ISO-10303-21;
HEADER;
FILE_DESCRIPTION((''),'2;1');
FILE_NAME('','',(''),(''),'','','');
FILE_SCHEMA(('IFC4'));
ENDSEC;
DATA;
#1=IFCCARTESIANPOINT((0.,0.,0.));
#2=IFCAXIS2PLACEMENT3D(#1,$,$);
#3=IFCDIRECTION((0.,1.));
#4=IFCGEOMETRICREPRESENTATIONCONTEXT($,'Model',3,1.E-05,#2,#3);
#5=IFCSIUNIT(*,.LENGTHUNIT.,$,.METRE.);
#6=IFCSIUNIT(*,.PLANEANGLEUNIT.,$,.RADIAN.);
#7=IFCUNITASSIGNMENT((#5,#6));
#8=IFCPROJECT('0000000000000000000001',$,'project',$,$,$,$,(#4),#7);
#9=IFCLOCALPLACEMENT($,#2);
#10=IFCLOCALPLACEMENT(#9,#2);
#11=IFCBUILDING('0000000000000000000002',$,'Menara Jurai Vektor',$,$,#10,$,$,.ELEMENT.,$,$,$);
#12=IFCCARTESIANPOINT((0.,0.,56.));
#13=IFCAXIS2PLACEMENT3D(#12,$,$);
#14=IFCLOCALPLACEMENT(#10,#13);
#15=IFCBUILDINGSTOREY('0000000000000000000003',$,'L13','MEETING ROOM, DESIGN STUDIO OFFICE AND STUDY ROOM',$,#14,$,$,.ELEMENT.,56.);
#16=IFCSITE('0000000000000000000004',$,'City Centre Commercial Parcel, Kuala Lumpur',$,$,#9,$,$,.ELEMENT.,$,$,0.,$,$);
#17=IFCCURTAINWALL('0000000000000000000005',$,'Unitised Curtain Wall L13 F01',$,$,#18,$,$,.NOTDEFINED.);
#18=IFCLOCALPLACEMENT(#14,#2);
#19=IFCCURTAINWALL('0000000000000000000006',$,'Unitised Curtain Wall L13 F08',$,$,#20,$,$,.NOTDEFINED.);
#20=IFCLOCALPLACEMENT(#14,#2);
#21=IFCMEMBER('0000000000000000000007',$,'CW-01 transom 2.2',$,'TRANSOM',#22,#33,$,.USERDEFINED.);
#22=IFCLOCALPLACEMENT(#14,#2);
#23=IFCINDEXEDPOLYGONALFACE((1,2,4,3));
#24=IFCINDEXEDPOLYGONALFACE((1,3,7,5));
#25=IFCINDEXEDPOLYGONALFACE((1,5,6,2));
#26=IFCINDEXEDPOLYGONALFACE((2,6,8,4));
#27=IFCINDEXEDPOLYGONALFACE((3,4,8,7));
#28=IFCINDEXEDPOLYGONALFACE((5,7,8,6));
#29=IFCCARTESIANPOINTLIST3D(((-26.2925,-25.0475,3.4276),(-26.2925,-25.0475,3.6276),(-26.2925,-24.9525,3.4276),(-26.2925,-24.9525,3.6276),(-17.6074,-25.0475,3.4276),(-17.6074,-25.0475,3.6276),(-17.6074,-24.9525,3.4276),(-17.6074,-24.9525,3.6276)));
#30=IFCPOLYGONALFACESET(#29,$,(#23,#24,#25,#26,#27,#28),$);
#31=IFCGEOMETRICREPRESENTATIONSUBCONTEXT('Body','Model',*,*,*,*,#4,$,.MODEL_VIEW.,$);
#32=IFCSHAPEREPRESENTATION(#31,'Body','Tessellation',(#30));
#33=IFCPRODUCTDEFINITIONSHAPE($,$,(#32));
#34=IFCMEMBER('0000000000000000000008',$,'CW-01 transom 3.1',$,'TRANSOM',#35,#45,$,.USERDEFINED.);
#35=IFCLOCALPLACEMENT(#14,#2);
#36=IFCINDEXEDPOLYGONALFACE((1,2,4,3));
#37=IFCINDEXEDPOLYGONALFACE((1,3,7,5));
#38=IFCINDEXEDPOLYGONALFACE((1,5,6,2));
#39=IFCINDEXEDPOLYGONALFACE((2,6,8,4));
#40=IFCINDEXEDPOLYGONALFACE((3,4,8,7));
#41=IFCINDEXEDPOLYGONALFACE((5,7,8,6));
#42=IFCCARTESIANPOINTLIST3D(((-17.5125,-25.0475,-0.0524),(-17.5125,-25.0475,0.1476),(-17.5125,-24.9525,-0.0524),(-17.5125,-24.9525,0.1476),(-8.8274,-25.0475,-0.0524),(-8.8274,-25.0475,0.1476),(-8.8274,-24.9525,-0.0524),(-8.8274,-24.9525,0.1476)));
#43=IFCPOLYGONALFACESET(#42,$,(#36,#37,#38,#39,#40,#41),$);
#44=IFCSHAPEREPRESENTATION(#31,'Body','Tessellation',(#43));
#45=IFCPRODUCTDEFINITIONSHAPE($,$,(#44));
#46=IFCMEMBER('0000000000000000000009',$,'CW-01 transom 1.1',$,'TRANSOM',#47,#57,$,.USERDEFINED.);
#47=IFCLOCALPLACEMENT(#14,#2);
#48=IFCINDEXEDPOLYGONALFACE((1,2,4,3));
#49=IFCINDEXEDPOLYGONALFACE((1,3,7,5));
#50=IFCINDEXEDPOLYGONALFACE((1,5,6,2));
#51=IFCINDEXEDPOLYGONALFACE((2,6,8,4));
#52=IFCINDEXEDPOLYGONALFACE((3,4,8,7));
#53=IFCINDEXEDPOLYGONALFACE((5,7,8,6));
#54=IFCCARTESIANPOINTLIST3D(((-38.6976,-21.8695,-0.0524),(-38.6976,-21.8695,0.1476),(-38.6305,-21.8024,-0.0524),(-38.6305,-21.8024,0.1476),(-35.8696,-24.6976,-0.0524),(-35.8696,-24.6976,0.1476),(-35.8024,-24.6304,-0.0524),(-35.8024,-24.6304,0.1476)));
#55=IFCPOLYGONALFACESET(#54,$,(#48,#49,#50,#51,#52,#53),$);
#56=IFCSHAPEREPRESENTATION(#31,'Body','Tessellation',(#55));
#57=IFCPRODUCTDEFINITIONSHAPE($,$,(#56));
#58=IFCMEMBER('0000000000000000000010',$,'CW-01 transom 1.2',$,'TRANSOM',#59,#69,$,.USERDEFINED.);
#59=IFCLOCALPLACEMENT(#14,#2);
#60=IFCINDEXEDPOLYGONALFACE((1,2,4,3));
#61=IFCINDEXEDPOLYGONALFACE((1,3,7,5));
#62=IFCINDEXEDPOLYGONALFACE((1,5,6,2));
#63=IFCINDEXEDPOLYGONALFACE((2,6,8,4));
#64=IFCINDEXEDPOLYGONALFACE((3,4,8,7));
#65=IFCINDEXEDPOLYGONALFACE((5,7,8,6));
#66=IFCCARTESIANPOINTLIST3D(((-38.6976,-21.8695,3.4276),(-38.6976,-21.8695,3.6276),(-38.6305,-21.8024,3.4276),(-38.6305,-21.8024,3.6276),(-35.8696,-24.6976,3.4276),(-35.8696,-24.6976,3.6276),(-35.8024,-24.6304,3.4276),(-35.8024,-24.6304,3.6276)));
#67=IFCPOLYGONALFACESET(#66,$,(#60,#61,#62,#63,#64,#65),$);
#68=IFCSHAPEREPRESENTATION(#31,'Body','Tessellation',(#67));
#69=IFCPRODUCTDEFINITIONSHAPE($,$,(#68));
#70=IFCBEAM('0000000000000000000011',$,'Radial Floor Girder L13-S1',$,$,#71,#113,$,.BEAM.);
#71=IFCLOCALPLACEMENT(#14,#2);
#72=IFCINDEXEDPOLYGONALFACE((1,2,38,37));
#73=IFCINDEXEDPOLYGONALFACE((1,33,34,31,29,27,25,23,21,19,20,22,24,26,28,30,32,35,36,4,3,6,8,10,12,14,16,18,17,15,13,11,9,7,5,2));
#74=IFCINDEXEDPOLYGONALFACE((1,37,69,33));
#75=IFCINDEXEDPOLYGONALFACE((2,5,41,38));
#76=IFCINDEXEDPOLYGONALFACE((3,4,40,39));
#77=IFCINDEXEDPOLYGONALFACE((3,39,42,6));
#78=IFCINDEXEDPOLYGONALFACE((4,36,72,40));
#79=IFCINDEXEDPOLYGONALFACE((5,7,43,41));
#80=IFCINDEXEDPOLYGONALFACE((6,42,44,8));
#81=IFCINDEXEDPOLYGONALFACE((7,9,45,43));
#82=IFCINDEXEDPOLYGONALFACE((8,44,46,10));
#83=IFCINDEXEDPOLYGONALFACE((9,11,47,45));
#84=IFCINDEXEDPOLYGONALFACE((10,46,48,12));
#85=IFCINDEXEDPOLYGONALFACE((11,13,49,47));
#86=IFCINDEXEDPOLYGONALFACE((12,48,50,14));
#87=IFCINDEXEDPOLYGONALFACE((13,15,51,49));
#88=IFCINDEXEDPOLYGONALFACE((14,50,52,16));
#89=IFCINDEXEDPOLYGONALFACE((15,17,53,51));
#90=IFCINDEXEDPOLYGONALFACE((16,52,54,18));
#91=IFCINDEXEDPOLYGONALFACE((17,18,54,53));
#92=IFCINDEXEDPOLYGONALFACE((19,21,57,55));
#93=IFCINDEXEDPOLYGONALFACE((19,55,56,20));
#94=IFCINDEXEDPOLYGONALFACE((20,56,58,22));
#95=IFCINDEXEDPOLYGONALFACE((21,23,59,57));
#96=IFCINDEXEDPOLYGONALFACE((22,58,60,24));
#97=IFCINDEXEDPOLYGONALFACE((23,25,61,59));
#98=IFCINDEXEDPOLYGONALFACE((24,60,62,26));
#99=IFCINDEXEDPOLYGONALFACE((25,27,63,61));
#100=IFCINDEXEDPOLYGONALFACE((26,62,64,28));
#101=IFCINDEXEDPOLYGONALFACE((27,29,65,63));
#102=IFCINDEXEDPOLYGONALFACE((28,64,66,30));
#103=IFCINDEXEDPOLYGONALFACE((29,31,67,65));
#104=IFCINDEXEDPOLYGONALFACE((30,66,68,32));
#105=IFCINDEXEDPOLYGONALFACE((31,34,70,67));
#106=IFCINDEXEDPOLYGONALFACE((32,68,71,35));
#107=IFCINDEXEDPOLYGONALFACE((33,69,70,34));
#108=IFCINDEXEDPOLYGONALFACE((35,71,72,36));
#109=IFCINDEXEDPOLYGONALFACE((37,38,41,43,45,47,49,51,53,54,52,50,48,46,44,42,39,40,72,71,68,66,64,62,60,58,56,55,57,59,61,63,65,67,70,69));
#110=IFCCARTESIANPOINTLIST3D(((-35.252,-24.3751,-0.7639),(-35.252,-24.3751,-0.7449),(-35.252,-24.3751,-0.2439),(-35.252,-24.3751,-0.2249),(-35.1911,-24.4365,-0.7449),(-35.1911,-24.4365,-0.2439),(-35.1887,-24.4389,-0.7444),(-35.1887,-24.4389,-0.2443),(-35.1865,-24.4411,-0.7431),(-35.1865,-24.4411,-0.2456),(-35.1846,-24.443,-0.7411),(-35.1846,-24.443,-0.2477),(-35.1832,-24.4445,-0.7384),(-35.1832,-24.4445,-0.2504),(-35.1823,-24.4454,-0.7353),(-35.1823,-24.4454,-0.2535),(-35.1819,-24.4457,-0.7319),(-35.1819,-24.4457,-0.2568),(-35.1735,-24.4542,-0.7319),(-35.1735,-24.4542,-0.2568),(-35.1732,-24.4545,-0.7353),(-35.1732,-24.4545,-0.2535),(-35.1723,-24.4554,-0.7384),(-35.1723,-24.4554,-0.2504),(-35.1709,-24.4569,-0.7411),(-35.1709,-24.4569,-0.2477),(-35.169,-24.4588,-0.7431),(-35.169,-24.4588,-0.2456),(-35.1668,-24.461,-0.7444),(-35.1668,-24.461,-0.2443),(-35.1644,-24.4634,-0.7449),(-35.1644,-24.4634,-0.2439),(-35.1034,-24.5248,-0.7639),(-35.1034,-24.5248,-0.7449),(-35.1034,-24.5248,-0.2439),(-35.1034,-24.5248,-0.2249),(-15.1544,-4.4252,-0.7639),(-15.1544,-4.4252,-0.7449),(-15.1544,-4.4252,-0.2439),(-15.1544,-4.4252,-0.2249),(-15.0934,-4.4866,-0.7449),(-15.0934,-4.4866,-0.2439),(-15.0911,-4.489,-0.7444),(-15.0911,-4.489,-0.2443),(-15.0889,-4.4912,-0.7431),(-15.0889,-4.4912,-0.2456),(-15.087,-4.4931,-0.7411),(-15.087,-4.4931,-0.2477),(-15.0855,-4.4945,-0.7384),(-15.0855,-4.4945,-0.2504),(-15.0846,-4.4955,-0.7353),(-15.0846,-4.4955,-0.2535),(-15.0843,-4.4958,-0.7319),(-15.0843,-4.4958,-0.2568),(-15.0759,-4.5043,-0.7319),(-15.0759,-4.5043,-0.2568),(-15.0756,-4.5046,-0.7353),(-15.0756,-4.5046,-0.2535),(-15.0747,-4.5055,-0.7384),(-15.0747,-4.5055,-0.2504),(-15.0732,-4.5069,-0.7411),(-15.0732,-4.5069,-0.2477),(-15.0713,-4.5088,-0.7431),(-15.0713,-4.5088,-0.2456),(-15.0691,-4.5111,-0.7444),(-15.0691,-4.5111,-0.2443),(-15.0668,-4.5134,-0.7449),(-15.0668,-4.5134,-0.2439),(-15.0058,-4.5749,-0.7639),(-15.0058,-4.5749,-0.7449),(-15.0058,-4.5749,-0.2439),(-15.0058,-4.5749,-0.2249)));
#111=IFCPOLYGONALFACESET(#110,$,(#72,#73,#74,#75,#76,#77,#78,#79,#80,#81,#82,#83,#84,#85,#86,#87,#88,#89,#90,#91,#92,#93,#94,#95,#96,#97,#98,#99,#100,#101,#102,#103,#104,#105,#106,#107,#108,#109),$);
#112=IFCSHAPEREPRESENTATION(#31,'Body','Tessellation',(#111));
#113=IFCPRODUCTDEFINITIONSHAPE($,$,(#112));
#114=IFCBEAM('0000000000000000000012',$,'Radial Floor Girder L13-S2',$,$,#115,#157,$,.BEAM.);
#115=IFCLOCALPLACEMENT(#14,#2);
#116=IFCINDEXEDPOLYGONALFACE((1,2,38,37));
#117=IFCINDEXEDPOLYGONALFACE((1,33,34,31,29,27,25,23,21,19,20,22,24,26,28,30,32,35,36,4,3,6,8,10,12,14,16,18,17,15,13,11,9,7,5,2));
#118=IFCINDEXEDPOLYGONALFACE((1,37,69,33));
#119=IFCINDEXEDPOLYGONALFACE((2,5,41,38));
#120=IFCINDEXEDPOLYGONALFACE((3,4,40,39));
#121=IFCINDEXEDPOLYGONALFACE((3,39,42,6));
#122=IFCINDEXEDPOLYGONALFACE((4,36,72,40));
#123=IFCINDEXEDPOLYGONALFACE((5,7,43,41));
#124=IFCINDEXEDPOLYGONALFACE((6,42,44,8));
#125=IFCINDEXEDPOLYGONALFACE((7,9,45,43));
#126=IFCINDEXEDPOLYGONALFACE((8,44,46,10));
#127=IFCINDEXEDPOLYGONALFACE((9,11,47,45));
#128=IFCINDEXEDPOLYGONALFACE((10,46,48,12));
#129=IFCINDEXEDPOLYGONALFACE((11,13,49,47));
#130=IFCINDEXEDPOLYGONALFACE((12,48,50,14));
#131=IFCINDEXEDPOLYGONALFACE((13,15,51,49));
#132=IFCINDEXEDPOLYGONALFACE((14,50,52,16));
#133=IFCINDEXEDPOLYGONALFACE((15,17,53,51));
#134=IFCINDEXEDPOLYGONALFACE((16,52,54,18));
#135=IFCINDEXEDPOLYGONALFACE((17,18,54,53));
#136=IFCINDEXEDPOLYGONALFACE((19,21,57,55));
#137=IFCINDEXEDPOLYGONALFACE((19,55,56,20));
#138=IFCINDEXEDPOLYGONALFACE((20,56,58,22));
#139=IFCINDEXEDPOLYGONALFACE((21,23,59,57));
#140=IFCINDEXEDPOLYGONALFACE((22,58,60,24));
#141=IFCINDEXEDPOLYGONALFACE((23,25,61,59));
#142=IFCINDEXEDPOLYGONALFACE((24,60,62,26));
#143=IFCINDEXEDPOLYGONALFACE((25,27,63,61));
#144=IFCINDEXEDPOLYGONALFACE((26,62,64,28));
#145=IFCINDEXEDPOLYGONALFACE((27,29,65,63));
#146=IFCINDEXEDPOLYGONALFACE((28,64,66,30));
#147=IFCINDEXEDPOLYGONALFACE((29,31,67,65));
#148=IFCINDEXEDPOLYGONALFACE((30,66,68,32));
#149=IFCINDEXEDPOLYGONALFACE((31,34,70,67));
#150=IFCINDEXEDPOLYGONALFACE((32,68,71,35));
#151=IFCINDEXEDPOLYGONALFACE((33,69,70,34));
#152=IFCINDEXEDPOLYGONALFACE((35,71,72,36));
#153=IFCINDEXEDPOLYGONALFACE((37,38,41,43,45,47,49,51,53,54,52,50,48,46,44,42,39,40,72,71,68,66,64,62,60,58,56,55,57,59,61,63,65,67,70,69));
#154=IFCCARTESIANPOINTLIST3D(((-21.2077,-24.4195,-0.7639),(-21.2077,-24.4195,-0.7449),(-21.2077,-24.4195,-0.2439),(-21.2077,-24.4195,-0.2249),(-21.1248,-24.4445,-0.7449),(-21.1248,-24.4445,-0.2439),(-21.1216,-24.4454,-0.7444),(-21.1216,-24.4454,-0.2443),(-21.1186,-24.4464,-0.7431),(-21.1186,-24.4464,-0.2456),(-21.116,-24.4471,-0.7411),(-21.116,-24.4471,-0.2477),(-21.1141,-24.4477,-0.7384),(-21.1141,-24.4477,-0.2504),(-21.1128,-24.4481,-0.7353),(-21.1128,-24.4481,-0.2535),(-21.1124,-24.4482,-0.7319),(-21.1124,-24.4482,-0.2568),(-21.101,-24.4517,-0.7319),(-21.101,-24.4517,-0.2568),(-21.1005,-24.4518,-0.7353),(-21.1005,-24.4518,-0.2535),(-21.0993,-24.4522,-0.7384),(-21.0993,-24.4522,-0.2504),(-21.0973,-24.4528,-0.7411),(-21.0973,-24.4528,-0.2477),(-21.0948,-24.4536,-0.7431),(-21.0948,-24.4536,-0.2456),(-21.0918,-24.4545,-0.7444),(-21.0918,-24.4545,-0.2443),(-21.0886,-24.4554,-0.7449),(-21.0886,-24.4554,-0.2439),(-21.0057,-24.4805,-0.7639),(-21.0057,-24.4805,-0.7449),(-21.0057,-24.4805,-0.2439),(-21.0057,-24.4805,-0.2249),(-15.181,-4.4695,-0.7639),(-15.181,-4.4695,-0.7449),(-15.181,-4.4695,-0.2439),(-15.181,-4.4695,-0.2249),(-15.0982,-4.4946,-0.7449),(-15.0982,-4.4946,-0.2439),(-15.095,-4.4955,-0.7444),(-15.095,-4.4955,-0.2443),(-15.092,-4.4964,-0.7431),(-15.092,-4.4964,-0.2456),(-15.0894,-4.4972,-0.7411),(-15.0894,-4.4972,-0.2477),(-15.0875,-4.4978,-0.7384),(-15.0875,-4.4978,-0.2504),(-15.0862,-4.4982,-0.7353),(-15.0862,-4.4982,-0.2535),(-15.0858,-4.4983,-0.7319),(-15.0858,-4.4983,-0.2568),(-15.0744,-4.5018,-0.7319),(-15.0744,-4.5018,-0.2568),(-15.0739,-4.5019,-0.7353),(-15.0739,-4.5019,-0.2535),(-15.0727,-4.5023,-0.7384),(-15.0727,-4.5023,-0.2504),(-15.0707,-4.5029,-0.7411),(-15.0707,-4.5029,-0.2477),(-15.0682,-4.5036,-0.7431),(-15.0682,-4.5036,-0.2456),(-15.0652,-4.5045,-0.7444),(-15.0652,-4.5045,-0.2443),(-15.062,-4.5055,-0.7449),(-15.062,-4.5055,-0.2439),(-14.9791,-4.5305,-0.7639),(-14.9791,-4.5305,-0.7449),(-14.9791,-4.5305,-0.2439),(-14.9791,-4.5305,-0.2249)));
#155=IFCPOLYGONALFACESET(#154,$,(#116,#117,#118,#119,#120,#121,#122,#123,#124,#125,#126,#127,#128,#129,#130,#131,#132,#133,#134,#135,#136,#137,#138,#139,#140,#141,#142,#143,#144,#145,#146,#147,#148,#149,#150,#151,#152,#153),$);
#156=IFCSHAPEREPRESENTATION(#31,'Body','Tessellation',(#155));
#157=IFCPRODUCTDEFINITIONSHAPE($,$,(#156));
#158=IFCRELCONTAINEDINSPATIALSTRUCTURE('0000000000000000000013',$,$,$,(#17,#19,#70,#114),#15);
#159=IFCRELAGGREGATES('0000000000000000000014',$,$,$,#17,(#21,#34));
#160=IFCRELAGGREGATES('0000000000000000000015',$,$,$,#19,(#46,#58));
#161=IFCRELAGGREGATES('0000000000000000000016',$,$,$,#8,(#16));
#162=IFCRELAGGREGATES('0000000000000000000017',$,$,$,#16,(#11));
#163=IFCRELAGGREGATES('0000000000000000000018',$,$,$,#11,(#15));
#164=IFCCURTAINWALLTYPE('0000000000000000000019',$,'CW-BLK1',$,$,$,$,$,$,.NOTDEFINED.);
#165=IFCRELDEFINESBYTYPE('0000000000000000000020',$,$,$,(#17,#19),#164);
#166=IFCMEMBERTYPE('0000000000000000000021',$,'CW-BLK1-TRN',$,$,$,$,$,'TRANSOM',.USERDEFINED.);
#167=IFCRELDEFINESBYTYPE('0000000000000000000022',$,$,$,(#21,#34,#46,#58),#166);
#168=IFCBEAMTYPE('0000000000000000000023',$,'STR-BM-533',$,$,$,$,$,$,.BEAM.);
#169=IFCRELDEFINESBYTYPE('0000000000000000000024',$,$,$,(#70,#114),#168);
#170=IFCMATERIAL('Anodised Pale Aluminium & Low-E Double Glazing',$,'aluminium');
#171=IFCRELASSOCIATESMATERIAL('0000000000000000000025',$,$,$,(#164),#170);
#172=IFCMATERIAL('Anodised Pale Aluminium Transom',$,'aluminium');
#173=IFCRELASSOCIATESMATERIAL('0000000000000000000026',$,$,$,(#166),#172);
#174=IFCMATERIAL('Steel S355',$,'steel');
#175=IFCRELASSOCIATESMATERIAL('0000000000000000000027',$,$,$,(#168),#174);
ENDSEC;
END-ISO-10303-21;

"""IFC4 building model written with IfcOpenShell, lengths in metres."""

from ifc_helpers import new_model, si_unit, direction, frame, origin, origin_2d, place, context, subcontext, project, spatial, rectangle, i_section, extrude, material, material_profile, profile_set, type_object, element, aggregate, save


model = new_model("IFC4")

# Units and contexts
model_context = context("Model", 3, precision=1e-05, world=origin(), true_north=direction((0.0, 1.0)))
body_context = subcontext(model_context, "Body", "Model", "MODEL_VIEW")
ifc_project = project(units=[si_unit("LENGTHUNIT", "METRE"), si_unit("PLANEANGLEUNIT", "RADIAN")], contexts=[model_context])

# Site, building, storey
site_placement = place(None, origin())
site = spatial("IfcSite", under=ifc_project, at=site_placement, Name="City Centre Commercial Parcel, Kuala Lumpur", CompositionType="ELEMENT", RefElevation=0.0)
building_placement = place(site_placement, origin())
building = spatial("IfcBuilding", under=site, at=building_placement, Name="Menara Jurai Vektor", CompositionType="ELEMENT")
storey_placement = place(building_placement, frame((0.0, 0.0, 56.0)))
storey = spatial("IfcBuildingStorey", under=building, at=storey_placement, Name="L13", Description="MEETING ROOM, DESIGN STUDIO OFFICE AND STUDY ROOM", CompositionType="ELEMENT", Elevation=56.0)

# Curtain wall
ifc_material_1 = material(Name="Anodised Pale Aluminium & Low-E Double Glazing", Category="aluminium")
curtain_wall_type = type_object("IfcCurtainWallType", Name="CW-BLK1", PredefinedType="NOTDEFINED", material=ifc_material_1)
curtain_wall_1_placement = place(storey_placement, origin())
curtain_wall_1 = element("IfcCurtainWall", 1, at=curtain_wall_1_placement, inside=storey, type_object=curtain_wall_type, Name="Unitised Curtain Wall L13 F01", PredefinedType="NOTDEFINED")

# Curtain wall
curtain_wall_2_placement = place(storey_placement, origin())
curtain_wall_2 = element("IfcCurtainWall", 2, at=curtain_wall_2_placement, inside=storey, type_object=curtain_wall_type, Name="Unitised Curtain Wall L13 F08", PredefinedType="NOTDEFINED")

# Members
ifc_material_2 = material(Name="Anodised Pale Aluminium Transom", Category="aluminium")
ifc_material_profile_1 = material_profile(ifc_material_2, rectangle(XDim=0.095, YDim=0.2, at=origin_2d()), Name="ALU TRN 95x200")
ifc_profile_set_1 = profile_set([ifc_material_profile_1], Name="Anodised Pale Aluminium Transom")
member_type_1 = type_object("IfcMemberType", Name="CW-BLK1-TRN", ElementType="TRANSOM", PredefinedType="USERDEFINED", material=ifc_profile_set_1)
member_1_placement = place(storey_placement, frame((-26.2925, -25.0, 3.5276), z_axis=(1.0, 0.0, 0.0), x_axis=(0.0, 1.0, 0.0)))
member_1 = element("IfcMember", 3, at=member_1_placement, type_object=member_type_1, Name="CW-01 transom 2.2", ObjectType="TRANSOM", PredefinedType="USERDEFINED", context=body_context, shape_type="SweptSolid", body=[
    extrude(rectangle(XDim=0.095, YDim=0.2, at=origin_2d()), origin(), (0.0, 0.0, 1.0), 8.6851),
])
member_2_placement = place(storey_placement, frame((-17.5125, -25.0, 0.0476), z_axis=(1.0, 0.0, 0.0), x_axis=(0.0, 1.0, 0.0)))
member_2 = element("IfcMember", 4, at=member_2_placement, type_object=member_type_1, Name="CW-01 transom 3.1", ObjectType="TRANSOM", PredefinedType="USERDEFINED", context=body_context, shape_type="SweptSolid", body=[
    extrude(rectangle(XDim=0.095, YDim=0.2, at=origin_2d()), origin(), (0.0, 0.0, 1.0), 8.6851),
])
member_3_placement = place(storey_placement, frame((-38.6641, -21.8359, 0.0476), z_axis=(0.707107, -0.707107, 0.0), x_axis=(0.707107, 0.707107, 0.0)))
member_3 = element("IfcMember", 5, at=member_3_placement, type_object=member_type_1, Name="CW-01 transom 1.1", ObjectType="TRANSOM", PredefinedType="USERDEFINED", context=body_context, shape_type="SweptSolid", body=[
    extrude(rectangle(XDim=0.095, YDim=0.2, at=origin_2d()), origin(), (0.0, 0.0, 1.0), 3.9995),
])
member_4_placement = place(storey_placement, frame((-38.6641, -21.8359, 3.5276), z_axis=(0.707107, -0.707107, 0.0), x_axis=(0.707107, 0.707107, 0.0)))
member_4 = element("IfcMember", 6, at=member_4_placement, type_object=member_type_1, Name="CW-01 transom 1.2", ObjectType="TRANSOM", PredefinedType="USERDEFINED", context=body_context, shape_type="SweptSolid", body=[
    extrude(rectangle(XDim=0.095, YDim=0.2, at=origin_2d()), origin(), (0.0, 0.0, 1.0), 3.9995),
])

# Beams
ifc_material_3 = material(Name="Steel S355", Category="steel")
ifc_material_profile_2 = material_profile(ifc_material_3, i_section(OverallWidth=0.2109, OverallDepth=0.5391, WebThickness=0.012, FlangeThickness=0.019, FilletRadius=0.0129, at=origin_2d()), Name="UKB 533x210x109")
ifc_profile_set_2 = profile_set([ifc_material_profile_2], Name="Steel S355")
beam_type_1 = type_object("IfcBeamType", Name="STR-BM-533", PredefinedType="BEAM", material=ifc_profile_set_2)
beam_1_placement = place(storey_placement, frame((-35.1777, -24.45, -0.4944), z_axis=(0.70971, 0.704494, 0.0), x_axis=(-0.704494, 0.70971, 0.0)))
element("IfcBeam", 7, at=beam_1_placement, inside=storey, type_object=beam_type_1, Name="Radial Floor Girder L13-S1", PredefinedType="BEAM", context=body_context, shape_type="SweptSolid", body=[
    extrude(i_section(OverallWidth=0.2109, OverallDepth=0.5391, WebThickness=0.012, FlangeThickness=0.019, FilletRadius=0.0129, at=origin_2d()), origin(), (0.0, 0.0, 1.0), 28.3181),
])
beam_2_placement = place(storey_placement, frame((-21.1067, -24.45, -0.4944), z_axis=(0.28918, 0.957275, 0.0), x_axis=(-0.957275, 0.28918, 0.0)))
element("IfcBeam", 8, at=beam_2_placement, inside=storey, type_object=beam_type_1, Name="Radial Floor Girder L13-S2", PredefinedType="BEAM", context=body_context, shape_type="SweptSolid", body=[
    extrude(i_section(OverallWidth=0.2109, OverallDepth=0.5391, WebThickness=0.012, FlangeThickness=0.019, FilletRadius=0.0129, at=origin_2d()), origin(), (0.0, 0.0, 1.0), 20.8403),
])

aggregate(curtain_wall_1, [member_1, member_2])
aggregate(curtain_wall_2, [member_3, member_4])

save(model, "model.ifc")
